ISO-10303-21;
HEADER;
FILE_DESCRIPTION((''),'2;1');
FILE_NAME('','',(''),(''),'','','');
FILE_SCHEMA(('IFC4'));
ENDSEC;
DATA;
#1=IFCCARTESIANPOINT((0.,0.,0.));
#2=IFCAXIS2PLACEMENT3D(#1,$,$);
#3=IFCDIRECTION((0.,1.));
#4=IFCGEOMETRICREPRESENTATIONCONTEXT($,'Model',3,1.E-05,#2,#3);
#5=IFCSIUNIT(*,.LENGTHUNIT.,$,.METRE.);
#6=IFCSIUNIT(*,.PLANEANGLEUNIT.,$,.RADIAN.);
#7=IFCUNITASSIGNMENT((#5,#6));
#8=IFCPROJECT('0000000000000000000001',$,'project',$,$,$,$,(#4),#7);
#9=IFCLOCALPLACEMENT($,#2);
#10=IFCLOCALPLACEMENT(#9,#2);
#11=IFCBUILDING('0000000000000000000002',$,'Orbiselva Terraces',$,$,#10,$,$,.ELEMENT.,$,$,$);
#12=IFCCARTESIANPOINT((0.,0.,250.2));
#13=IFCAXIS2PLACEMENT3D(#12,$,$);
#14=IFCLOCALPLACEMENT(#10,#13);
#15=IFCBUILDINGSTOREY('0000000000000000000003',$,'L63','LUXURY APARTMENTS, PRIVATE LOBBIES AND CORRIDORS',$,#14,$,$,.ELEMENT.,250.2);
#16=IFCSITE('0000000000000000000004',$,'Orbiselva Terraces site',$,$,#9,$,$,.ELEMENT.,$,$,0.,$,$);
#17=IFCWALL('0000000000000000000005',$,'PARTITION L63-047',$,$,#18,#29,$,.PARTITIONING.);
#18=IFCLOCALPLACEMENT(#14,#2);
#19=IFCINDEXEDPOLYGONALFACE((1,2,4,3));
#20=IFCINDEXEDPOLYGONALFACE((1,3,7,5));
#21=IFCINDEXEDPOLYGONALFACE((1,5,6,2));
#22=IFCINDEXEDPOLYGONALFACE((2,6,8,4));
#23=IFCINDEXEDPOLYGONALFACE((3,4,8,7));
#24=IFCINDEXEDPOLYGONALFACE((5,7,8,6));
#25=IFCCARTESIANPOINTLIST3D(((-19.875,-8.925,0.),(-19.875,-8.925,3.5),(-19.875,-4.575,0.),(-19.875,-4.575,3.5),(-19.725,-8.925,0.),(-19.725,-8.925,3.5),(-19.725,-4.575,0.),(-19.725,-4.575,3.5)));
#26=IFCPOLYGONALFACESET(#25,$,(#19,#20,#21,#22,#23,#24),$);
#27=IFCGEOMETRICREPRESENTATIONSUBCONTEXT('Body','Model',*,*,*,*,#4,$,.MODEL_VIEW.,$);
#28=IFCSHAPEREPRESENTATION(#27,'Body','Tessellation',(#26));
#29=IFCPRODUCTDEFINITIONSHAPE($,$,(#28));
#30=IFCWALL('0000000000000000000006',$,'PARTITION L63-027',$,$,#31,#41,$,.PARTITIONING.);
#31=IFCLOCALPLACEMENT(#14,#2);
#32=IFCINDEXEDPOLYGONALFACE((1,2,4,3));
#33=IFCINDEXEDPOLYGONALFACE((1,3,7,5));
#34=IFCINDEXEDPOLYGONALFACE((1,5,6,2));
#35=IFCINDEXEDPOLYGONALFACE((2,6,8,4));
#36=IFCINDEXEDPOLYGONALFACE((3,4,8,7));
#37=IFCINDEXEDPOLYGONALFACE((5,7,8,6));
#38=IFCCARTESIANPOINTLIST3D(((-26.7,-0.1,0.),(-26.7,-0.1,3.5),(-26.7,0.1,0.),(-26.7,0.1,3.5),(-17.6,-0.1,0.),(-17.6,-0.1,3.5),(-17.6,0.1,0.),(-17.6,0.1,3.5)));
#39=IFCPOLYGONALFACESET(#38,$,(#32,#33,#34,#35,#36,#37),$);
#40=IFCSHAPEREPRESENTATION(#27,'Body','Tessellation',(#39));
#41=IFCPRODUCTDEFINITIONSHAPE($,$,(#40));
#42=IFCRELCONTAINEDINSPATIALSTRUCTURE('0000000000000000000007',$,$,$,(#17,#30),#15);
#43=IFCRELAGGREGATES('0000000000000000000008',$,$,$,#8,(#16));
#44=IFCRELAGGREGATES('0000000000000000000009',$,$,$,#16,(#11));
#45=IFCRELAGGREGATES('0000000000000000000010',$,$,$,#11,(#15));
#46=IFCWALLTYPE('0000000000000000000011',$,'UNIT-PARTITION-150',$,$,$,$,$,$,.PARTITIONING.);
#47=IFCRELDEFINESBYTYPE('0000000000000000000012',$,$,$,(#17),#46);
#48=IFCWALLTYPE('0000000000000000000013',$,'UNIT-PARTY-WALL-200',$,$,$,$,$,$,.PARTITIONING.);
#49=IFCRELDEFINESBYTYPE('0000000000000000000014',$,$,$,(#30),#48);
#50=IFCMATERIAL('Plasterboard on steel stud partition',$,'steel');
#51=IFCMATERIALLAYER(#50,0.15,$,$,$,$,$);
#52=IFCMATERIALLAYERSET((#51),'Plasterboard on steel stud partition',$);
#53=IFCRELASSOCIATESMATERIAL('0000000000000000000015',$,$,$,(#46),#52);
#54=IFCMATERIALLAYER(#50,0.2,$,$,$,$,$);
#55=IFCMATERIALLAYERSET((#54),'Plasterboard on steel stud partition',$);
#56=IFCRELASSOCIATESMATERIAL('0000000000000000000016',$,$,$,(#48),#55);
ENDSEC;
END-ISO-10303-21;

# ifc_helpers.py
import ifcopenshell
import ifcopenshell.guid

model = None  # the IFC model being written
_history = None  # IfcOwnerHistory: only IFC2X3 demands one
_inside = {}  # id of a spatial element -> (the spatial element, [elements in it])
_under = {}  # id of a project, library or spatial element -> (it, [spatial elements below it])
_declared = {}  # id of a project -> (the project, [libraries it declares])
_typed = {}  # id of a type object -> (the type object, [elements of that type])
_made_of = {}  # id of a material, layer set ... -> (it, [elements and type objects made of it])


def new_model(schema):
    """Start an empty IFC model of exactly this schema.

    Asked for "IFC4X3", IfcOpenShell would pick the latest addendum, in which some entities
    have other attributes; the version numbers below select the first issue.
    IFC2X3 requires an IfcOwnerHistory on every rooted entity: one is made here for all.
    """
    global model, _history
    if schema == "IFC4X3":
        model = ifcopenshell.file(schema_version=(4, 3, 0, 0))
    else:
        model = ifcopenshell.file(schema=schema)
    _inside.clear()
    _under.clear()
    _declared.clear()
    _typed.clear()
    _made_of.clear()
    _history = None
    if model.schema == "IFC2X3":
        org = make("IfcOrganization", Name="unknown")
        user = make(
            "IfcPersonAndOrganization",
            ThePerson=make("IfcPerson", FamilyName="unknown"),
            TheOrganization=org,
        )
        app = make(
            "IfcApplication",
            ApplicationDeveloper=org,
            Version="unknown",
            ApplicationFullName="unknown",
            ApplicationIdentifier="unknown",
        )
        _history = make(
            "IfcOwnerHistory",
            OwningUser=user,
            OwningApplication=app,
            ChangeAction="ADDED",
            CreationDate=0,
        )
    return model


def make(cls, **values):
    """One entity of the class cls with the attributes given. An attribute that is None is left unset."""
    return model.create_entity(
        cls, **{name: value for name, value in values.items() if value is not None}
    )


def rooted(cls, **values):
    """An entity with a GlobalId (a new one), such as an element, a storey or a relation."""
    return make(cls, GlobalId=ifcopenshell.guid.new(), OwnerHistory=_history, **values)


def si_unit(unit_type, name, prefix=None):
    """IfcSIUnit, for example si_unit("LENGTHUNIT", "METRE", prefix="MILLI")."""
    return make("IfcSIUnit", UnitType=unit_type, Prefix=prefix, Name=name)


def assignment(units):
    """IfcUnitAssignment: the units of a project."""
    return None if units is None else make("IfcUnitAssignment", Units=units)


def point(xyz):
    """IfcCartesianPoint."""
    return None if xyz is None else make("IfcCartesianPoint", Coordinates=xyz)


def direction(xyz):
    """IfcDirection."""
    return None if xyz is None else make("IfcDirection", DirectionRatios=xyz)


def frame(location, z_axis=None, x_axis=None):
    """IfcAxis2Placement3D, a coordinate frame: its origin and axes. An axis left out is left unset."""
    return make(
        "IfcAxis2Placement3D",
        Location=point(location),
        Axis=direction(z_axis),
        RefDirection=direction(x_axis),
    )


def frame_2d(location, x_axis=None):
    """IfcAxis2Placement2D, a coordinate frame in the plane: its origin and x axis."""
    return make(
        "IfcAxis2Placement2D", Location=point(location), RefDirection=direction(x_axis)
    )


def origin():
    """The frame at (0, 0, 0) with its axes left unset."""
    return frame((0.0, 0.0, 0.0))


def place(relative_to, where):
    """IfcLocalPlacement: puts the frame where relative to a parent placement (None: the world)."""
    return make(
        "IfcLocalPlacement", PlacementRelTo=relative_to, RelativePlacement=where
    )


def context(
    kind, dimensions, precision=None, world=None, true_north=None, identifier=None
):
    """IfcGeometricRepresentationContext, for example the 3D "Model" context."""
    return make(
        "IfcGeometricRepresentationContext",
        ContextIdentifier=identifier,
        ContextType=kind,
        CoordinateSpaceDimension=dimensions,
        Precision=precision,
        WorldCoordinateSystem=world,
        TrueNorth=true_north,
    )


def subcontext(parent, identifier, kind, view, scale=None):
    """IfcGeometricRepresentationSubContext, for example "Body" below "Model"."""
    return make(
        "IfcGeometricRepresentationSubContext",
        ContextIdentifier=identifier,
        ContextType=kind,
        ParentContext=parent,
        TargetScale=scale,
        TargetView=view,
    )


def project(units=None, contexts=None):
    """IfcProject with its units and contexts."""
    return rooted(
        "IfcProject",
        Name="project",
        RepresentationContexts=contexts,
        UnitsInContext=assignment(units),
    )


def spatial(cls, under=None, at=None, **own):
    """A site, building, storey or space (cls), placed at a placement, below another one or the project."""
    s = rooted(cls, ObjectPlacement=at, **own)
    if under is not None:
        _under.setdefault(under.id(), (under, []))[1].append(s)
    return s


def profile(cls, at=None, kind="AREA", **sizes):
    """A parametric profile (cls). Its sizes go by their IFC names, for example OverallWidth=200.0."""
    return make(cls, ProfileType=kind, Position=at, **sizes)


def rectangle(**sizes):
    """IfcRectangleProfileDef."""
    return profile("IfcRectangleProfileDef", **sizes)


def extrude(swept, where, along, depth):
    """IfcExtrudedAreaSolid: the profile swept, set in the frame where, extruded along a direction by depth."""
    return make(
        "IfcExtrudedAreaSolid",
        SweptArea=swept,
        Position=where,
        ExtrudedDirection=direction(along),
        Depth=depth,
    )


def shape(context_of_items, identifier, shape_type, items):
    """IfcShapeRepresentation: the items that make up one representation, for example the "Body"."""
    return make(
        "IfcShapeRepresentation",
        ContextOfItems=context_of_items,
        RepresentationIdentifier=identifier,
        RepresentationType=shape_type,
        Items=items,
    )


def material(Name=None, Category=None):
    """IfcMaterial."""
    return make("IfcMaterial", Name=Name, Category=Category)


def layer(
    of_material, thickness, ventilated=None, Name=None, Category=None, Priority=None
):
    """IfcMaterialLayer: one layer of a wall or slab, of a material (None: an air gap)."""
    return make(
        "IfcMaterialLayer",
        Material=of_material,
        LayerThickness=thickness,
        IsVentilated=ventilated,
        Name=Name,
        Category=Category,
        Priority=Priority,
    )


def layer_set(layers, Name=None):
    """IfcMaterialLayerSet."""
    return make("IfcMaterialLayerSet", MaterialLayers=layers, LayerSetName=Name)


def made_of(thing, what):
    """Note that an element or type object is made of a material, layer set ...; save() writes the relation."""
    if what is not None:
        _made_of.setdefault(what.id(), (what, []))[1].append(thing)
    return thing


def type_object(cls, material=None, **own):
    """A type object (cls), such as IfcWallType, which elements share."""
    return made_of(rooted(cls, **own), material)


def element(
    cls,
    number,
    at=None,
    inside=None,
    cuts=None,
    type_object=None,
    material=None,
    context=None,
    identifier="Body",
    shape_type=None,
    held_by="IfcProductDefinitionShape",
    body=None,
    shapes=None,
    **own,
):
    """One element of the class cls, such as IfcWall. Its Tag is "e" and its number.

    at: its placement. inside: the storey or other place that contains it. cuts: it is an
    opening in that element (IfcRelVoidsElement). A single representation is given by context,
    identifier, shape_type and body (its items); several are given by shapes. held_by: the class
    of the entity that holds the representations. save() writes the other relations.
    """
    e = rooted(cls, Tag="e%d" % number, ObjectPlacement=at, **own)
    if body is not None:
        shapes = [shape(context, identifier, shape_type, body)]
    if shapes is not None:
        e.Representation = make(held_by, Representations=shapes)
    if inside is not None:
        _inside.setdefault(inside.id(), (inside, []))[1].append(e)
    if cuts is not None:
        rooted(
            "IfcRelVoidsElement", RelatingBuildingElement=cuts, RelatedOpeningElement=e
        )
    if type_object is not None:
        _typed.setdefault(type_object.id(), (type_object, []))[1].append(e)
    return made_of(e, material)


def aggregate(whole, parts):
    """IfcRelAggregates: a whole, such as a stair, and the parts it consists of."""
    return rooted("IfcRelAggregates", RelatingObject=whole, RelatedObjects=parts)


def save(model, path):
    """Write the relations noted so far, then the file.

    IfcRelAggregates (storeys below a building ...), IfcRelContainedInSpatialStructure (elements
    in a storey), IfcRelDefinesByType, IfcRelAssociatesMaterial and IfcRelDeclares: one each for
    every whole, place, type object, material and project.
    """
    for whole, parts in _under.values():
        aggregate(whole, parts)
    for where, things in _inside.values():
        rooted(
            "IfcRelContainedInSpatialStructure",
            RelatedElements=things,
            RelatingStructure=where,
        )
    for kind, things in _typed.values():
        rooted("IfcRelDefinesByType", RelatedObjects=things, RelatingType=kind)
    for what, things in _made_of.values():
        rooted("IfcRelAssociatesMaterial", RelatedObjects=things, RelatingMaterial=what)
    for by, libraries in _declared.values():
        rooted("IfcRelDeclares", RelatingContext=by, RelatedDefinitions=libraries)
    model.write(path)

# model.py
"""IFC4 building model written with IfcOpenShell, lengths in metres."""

from ifc_helpers import new_model, si_unit, direction, frame, frame_2d, origin, place, context, subcontext, project, spatial, rectangle, extrude, material, layer, layer_set, type_object, element, save


model = new_model("IFC4")

# Units and contexts
model_context = context("Model", 3, precision=1e-05, world=origin(), true_north=direction((0.0, 1.0)))
body_context = subcontext(model_context, "Body", "Model", "MODEL_VIEW")
ifc_project = project(units=[si_unit("LENGTHUNIT", "METRE"), si_unit("PLANEANGLEUNIT", "RADIAN")], contexts=[model_context])

# Site, building, storey
site_placement = place(None, origin())
site = spatial("IfcSite", under=ifc_project, at=site_placement, Name="Orbiselva Terraces site", CompositionType="ELEMENT", RefElevation=0.0)
building_placement = place(site_placement, origin())
building = spatial("IfcBuilding", under=site, at=building_placement, Name="Orbiselva Terraces", CompositionType="ELEMENT")
storey_placement = place(building_placement, frame((0.0, 0.0, 250.2)))
storey = spatial("IfcBuildingStorey", under=building, at=storey_placement, Name="L63", Description="LUXURY APARTMENTS, PRIVATE LOBBIES AND CORRIDORS", CompositionType="ELEMENT", Elevation=250.2)

# Shared definitions
ifc_material_1 = material(Name="Plasterboard on steel stud partition", Category="steel")
ifc_layer_1 = layer(ifc_material_1, 0.15)
ifc_layer_set_1 = layer_set([ifc_layer_1], Name="Plasterboard on steel stud partition")
wall_type_1 = type_object("IfcWallType", Name="UNIT-PARTITION-150", PredefinedType="PARTITIONING", material=ifc_layer_set_1)

# Walls
for number, where, z_axis, x_axis, name in (
    (1, (-19.8, -8.925, 0.0), (0.0, 0.0, 1.0), (0.0, 1.0, 0.0), "PARTITION L63-047"),
):
    element("IfcWall", number, at=place(storey_placement, frame(where, z_axis=z_axis, x_axis=x_axis)), inside=storey, type_object=wall_type_1, Name=name, PredefinedType="PARTITIONING", context=body_context, shape_type="SweptSolid", body=[
        extrude(rectangle(XDim=4.35, YDim=0.15, at=frame_2d((2.175, 0.0))), origin(), (0.0, 0.0, 1.0), 3.5),
    ])
ifc_layer_2 = layer(ifc_material_1, 0.2)
ifc_layer_set_2 = layer_set([ifc_layer_2], Name="Plasterboard on steel stud partition")
wall_type_2 = type_object("IfcWallType", Name="UNIT-PARTY-WALL-200", PredefinedType="PARTITIONING", material=ifc_layer_set_2)
wall_1_placement = place(storey_placement, frame((-26.7, 0.0, 0.0), z_axis=(0.0, 0.0, 1.0), x_axis=(1.0, 0.0, 0.0)))
element("IfcWall", 2, at=wall_1_placement, inside=storey, type_object=wall_type_2, Name="PARTITION L63-027", PredefinedType="PARTITIONING", context=body_context, shape_type="SweptSolid", body=[
    extrude(rectangle(XDim=9.1, YDim=0.2, at=frame_2d((4.55, 0.0))), origin(), (0.0, 0.0, 1.0), 3.5),
])

save(model, "model.ifc")
